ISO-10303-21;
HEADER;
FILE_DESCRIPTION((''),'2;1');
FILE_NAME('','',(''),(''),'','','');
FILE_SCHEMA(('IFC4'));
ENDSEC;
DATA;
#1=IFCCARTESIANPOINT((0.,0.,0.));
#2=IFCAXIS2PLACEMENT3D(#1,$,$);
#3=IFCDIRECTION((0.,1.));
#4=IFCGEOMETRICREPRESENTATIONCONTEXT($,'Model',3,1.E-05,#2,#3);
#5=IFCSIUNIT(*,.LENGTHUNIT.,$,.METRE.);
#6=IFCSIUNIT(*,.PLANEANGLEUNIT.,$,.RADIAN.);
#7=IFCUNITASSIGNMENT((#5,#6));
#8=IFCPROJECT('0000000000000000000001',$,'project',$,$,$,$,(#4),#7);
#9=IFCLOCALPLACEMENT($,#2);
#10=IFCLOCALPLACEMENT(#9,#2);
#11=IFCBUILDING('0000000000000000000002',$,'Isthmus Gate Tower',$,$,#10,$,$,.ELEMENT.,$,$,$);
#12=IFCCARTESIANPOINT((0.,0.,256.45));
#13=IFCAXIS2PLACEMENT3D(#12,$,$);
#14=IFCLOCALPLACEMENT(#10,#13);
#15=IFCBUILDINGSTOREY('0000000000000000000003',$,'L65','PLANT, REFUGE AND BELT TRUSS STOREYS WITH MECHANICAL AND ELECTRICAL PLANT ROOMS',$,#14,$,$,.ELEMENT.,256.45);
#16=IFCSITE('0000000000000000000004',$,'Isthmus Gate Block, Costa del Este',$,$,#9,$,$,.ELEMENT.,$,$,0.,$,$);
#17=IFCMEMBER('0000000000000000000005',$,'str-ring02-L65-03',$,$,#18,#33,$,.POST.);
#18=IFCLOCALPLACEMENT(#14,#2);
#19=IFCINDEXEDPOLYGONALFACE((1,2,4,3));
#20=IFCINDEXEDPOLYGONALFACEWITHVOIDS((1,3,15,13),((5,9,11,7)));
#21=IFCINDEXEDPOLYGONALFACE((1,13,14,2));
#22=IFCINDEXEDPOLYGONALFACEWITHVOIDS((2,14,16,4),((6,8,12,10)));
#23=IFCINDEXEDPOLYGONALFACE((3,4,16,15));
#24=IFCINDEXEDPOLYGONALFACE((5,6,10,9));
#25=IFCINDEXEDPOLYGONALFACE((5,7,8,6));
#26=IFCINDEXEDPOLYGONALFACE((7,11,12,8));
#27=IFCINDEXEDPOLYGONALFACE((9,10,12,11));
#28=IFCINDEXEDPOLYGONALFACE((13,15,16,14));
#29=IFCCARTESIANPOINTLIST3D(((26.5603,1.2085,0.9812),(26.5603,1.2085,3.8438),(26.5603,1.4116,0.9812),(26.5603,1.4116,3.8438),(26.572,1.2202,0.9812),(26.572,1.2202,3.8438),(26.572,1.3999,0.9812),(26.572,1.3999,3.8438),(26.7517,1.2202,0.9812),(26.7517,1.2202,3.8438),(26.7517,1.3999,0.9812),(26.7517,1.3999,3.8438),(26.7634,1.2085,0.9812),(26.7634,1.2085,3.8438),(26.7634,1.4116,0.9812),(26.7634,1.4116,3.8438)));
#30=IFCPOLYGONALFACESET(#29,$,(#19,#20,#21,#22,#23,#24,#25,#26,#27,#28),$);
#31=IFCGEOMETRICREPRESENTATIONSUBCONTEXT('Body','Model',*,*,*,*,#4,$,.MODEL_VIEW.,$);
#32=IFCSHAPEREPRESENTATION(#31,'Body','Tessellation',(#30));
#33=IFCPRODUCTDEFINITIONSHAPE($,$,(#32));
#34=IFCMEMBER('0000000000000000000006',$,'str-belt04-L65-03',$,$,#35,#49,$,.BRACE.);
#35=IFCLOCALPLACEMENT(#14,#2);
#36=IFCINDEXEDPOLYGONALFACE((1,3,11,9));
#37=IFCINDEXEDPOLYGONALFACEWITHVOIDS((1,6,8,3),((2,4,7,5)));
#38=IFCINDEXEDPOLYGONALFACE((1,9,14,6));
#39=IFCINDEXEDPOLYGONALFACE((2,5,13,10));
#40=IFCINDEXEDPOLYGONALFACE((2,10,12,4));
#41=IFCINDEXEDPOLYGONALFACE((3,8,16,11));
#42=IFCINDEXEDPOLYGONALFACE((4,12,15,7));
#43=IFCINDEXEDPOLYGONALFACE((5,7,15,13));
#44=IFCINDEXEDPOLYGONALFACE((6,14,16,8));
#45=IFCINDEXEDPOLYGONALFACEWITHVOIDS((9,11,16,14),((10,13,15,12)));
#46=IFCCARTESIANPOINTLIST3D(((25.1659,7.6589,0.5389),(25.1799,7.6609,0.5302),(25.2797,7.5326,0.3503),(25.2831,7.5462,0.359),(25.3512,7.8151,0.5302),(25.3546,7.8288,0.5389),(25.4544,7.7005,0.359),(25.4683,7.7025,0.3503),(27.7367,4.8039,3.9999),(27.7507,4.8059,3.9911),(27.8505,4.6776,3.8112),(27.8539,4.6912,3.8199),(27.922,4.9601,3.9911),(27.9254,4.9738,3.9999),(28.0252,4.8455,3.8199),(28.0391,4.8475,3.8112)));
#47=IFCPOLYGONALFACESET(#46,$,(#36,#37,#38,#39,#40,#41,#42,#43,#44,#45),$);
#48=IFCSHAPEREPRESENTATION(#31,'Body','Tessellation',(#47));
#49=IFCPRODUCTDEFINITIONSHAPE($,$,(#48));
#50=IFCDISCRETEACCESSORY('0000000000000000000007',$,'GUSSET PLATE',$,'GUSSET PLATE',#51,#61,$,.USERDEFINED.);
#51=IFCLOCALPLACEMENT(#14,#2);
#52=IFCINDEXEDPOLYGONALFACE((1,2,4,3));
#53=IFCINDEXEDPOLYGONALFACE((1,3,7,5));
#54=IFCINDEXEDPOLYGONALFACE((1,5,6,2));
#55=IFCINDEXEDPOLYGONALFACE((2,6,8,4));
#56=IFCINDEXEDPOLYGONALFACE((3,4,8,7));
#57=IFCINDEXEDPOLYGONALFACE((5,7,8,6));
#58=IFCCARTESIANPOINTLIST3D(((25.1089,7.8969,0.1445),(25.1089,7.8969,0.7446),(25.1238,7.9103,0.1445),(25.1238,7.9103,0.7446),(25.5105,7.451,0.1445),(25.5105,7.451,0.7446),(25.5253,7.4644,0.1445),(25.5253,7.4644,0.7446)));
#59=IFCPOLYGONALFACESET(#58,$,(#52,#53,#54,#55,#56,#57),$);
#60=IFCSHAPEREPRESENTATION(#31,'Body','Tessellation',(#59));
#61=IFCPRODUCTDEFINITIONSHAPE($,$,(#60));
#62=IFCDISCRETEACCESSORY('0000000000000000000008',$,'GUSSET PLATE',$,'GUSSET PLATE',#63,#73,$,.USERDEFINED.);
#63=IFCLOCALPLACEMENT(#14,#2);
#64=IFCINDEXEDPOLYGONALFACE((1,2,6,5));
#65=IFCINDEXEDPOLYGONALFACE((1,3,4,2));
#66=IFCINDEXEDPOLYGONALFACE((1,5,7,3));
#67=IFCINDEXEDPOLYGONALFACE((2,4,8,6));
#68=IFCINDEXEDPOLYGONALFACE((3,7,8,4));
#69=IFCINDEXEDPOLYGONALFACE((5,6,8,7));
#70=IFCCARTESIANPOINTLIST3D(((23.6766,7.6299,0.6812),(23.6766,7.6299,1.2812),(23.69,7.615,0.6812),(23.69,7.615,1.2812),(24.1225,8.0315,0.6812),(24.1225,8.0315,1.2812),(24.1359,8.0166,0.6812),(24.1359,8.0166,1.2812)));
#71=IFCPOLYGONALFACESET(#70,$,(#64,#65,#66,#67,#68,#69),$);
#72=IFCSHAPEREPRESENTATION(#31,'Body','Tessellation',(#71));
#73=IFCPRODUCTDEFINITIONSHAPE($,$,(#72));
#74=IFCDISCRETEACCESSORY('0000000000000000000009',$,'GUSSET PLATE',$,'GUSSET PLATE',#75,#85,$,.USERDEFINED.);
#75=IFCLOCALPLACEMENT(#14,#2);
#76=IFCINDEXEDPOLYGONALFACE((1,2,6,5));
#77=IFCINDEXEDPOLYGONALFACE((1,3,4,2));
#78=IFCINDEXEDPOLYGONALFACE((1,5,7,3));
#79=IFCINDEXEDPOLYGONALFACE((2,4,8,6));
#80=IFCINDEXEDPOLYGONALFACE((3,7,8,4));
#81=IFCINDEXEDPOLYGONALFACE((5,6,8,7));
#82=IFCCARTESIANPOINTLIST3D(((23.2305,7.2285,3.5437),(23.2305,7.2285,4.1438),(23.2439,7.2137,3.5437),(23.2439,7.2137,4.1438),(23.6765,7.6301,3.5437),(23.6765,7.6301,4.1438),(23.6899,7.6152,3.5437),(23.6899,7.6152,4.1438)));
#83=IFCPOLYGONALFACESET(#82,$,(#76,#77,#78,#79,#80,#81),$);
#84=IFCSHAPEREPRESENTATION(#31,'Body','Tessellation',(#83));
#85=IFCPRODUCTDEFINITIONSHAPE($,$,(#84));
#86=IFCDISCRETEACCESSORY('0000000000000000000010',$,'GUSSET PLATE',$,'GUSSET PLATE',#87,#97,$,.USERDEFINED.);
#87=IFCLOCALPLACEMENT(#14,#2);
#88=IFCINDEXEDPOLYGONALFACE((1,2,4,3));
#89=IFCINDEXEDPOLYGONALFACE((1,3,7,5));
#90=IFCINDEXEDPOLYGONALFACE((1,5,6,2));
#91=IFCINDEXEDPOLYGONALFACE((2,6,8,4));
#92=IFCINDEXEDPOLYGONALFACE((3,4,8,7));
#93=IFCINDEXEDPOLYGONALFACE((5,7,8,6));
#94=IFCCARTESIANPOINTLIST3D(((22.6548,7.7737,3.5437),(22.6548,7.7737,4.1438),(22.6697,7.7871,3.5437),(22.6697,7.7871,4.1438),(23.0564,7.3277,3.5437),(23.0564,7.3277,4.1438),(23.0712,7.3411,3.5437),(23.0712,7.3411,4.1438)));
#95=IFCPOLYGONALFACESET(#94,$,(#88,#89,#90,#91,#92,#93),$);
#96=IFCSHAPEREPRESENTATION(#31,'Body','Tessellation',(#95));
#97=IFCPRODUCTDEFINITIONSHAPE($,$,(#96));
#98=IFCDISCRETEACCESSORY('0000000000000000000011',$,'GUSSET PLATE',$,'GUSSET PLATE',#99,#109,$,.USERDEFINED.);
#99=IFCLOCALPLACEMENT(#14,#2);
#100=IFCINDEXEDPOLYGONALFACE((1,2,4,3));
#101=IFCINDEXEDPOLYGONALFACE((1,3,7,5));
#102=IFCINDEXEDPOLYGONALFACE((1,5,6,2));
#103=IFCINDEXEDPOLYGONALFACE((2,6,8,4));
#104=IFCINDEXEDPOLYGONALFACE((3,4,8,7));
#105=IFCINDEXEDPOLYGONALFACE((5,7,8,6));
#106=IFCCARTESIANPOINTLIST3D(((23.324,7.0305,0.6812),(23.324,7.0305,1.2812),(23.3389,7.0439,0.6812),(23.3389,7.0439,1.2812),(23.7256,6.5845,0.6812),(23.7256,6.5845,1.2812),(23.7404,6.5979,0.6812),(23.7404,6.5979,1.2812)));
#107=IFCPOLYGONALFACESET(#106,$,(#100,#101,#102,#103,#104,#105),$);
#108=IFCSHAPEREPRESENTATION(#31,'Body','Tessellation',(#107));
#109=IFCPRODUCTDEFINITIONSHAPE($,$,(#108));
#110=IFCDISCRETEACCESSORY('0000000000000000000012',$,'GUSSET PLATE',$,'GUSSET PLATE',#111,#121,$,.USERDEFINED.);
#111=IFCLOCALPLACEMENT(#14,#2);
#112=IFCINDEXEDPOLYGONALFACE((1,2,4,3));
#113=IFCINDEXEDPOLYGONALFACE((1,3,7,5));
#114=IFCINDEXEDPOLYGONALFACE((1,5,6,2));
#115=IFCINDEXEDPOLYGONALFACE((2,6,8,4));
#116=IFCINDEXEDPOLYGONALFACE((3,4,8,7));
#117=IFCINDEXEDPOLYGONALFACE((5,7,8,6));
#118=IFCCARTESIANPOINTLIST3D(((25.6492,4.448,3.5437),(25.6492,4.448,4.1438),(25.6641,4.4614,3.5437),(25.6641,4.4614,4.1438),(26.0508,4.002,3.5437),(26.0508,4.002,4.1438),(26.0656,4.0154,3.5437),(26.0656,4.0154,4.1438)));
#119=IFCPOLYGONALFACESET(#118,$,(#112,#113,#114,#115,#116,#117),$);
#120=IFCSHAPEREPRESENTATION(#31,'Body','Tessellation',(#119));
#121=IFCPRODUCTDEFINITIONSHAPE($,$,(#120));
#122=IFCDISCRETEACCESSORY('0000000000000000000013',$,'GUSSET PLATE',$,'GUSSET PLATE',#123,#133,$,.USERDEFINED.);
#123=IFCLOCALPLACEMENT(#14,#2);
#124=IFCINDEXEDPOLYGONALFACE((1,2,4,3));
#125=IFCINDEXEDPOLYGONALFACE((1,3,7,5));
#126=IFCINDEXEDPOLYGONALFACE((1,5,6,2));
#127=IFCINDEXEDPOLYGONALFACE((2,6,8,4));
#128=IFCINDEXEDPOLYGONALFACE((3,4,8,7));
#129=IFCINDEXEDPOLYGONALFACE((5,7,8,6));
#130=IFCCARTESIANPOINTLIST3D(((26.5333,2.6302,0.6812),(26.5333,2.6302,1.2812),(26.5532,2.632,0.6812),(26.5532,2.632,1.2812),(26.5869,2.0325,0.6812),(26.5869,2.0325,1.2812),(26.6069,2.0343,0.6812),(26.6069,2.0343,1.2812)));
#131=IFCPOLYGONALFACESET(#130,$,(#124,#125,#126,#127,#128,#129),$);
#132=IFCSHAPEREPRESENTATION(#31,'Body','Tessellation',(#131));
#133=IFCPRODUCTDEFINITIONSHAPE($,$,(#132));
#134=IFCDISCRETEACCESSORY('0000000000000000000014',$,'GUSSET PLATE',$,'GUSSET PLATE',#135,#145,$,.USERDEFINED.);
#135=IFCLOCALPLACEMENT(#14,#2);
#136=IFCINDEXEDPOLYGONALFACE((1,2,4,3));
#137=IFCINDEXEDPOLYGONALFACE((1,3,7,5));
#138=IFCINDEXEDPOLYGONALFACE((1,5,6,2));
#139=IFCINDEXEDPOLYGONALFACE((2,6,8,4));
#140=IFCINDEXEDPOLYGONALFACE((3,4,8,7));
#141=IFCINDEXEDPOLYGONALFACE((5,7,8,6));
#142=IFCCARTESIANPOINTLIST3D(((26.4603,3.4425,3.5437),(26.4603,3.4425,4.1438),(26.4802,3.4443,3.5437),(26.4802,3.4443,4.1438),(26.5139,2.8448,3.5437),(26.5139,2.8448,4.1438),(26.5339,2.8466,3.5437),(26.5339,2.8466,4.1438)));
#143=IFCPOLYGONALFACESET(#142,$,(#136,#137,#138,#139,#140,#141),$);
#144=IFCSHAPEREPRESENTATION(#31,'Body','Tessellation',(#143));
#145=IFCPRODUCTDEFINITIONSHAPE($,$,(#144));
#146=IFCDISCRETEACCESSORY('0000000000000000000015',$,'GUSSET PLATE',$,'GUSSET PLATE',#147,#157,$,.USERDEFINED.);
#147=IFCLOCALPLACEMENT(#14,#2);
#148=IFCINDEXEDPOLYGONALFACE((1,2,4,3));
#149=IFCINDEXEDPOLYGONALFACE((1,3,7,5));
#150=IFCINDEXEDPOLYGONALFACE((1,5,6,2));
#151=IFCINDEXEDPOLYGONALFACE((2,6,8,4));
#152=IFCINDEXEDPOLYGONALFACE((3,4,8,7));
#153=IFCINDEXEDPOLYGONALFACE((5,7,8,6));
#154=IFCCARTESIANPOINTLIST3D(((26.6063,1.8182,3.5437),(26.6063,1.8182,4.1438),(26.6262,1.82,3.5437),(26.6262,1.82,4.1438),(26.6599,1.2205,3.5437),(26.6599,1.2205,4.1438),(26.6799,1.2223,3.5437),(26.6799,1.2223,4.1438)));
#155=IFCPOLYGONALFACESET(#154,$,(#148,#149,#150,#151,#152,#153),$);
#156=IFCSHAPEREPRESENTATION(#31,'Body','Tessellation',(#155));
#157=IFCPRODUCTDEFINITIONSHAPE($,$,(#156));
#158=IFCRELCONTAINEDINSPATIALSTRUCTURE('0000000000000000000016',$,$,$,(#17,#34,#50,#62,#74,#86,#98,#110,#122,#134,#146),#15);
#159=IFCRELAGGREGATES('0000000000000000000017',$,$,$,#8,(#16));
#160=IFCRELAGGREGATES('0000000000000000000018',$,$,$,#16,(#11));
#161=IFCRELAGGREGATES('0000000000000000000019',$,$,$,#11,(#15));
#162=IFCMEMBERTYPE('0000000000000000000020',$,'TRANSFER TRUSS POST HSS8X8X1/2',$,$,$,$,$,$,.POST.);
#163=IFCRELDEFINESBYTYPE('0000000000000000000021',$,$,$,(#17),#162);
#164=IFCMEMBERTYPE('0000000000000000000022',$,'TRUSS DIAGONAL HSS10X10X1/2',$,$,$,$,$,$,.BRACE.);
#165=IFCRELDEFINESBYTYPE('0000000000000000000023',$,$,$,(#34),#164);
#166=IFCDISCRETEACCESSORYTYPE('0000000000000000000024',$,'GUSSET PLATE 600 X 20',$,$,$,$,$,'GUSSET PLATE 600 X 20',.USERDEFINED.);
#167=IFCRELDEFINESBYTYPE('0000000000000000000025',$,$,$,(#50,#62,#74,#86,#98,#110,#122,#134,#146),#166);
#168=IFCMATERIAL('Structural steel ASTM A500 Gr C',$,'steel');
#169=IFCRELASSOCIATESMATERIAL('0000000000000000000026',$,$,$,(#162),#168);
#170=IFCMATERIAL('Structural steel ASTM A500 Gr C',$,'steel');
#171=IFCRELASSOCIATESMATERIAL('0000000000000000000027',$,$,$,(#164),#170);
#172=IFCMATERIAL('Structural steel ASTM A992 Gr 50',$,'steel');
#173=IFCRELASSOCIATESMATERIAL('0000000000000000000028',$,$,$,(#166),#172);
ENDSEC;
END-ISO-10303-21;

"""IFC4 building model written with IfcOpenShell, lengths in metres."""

from ifc_helpers import new_model, si_unit, direction, frame, origin, origin_2d, place, context, subcontext, project, spatial, rectangle, hollow_rectangle, extrude, material, material_profile, profile_set, type_object, element, save


model = new_model("IFC4")

# Units and contexts
model_context = context("Model", 3, precision=1e-05, world=origin(), true_north=direction((0.0, 1.0)))
body_context = subcontext(model_context, "Body", "Model", "MODEL_VIEW")
ifc_project = project(units=[si_unit("LENGTHUNIT", "METRE"), si_unit("PLANEANGLEUNIT", "RADIAN")], contexts=[model_context])

# Site, building, storey
site_placement = place(None, origin())
site = spatial("IfcSite", under=ifc_project, at=site_placement, Name="Isthmus Gate Block, Costa del Este", CompositionType="ELEMENT", RefElevation=0.0)
building_placement = place(site_placement, origin())
building = spatial("IfcBuilding", under=site, at=building_placement, Name="Isthmus Gate Tower", CompositionType="ELEMENT")
storey_placement = place(building_placement, frame((0.0, 0.0, 256.45)))
storey = spatial("IfcBuildingStorey", under=building, at=storey_placement, Name="L65", Description="PLANT, REFUGE AND BELT TRUSS STOREYS WITH MECHANICAL AND ELECTRICAL PLANT ROOMS", CompositionType="ELEMENT", Elevation=256.45)

# Members
ifc_material_1 = material(Name="Structural steel ASTM A500 Gr C", Category="steel")
ifc_material_profile_1 = material_profile(ifc_material_1, hollow_rectangle(XDim=0.2031, YDim=0.2031, WallThickness=0.0117, at=origin_2d()), Name="HSS8X8X1/2")
ifc_profile_set_1 = profile_set([ifc_material_profile_1], Name="Structural steel ASTM A500 Gr C")
member_type_1 = type_object("IfcMemberType", Name="TRANSFER TRUSS POST HSS8X8X1/2", PredefinedType="POST", material=ifc_profile_set_1)
for number, where, z_axis, x_axis, name in (
    (1, (26.6619, 1.3101, 0.9812), (0.0, 0.0, 1.0), (1.0, 0.0, 0.0), "str-ring02-L65-03"),
):
    element("IfcMember", number, at=place(storey_placement, frame(where, z_axis=z_axis, x_axis=x_axis)), inside=storey, type_object=member_type_1, Name=name, PredefinedType="POST", context=body_context, shape_type="SweptSolid", body=[
        extrude(hollow_rectangle(XDim=0.2031, YDim=0.2031, WallThickness=0.0117, at=origin_2d()), origin(), (0.0, 0.0, 1.0), 2.8625),
    ])
ifc_material_2 = material(Name="Structural steel ASTM A500 Gr C", Category="steel")
ifc_material_profile_2 = material_profile(ifc_material_2, hollow_rectangle(XDim=0.2539, YDim=0.2539, WallThickness=0.0117, at=origin_2d()), Name="HSS10X10X1/2")
ifc_profile_set_2 = profile_set([ifc_material_profile_2], Name="Structural steel ASTM A500 Gr C")
member_type_2 = type_object("IfcMemberType", Name="TRUSS DIAGONAL HSS10X10X1/2", PredefinedType="BRACE", material=ifc_profile_set_2)
member_1_placement = place(storey_placement, frame((25.3171, 7.6807, 0.4446), z_axis=(0.497169, -0.552126, 0.669313), x_axis=(0.743123, 0.669154, 0.0)))
element("IfcMember", 2, at=member_1_placement, inside=storey, type_object=member_type_2, Name="str-belt04-L65-03", PredefinedType="BRACE", context=body_context, shape_type="SweptSolid", body=[
    extrude(hollow_rectangle(XDim=0.2539, YDim=0.2539, WallThickness=0.0117, at=origin_2d()), origin(), (0.0, 0.0, 1.0), 5.1709),
])

# Discrete accessories
ifc_material_3 = material(Name="Structural steel ASTM A992 Gr 50", Category="steel")
discrete_accessory_type = type_object("IfcDiscreteAccessoryType", Name="GUSSET PLATE 600 X 20", ElementType="GUSSET PLATE 600 X 20", PredefinedType="USERDEFINED", material=ifc_material_3)
for number, where, z_axis, x_axis, name in (
    (3, (25.3171, 7.6807, 0.1445), (0.0, 0.0, 1.0), (0.669131, -0.743145, 0.0), "GUSSET PLATE"),
    (4, (23.9062, 7.8232, 0.6812), (0.0, 0.0, 1.0), (-0.743145, -0.669131, 0.0), "GUSSET PLATE"),
    (5, (23.4602, 7.4219, 3.5437), (0.0, 0.0, 1.0), (-0.743145, -0.669131, 0.0), "GUSSET PLATE"),
    (6, (22.863, 7.5574, 3.5437), (0.0, 0.0, 1.0), (0.669131, -0.743145, 0.0), "GUSSET PLATE"),
    (7, (23.5322, 6.8142, 0.6812), (0.0, 0.0, 1.0), (0.669131, -0.743145, 0.0), "GUSSET PLATE"),
    (8, (25.8574, 4.2317, 3.5437), (0.0, 0.0, 1.0), (0.669131, -0.743145, 0.0), "GUSSET PLATE"),
    (9, (26.5701, 2.3323, 0.6812), (0.0, 0.0, 1.0), (-0.089397, 0.995996, 0.0), "GUSSET PLATE"),
    (10, (26.4971, 3.1445, 3.5437), (0.0, 0.0, 1.0), (-0.089397, 0.995996, 0.0), "GUSSET PLATE"),
    (11, (26.6431, 1.5203, 3.5437), (0.0, 0.0, 1.0), (0.089397, -0.995996, 0.0), "GUSSET PLATE"),
):
    element("IfcDiscreteAccessory", number, at=place(storey_placement, frame(where, z_axis=z_axis, x_axis=x_axis)), inside=storey, type_object=discrete_accessory_type, Name=name, ObjectType="GUSSET PLATE", PredefinedType="USERDEFINED", context=body_context, shape_type="SweptSolid", body=[
        extrude(rectangle(XDim=0.6001, YDim=0.02, at=origin_2d()), origin(), (0.0, 0.0, 1.0), 0.6001),
    ])

save(model, "model.ifc")
